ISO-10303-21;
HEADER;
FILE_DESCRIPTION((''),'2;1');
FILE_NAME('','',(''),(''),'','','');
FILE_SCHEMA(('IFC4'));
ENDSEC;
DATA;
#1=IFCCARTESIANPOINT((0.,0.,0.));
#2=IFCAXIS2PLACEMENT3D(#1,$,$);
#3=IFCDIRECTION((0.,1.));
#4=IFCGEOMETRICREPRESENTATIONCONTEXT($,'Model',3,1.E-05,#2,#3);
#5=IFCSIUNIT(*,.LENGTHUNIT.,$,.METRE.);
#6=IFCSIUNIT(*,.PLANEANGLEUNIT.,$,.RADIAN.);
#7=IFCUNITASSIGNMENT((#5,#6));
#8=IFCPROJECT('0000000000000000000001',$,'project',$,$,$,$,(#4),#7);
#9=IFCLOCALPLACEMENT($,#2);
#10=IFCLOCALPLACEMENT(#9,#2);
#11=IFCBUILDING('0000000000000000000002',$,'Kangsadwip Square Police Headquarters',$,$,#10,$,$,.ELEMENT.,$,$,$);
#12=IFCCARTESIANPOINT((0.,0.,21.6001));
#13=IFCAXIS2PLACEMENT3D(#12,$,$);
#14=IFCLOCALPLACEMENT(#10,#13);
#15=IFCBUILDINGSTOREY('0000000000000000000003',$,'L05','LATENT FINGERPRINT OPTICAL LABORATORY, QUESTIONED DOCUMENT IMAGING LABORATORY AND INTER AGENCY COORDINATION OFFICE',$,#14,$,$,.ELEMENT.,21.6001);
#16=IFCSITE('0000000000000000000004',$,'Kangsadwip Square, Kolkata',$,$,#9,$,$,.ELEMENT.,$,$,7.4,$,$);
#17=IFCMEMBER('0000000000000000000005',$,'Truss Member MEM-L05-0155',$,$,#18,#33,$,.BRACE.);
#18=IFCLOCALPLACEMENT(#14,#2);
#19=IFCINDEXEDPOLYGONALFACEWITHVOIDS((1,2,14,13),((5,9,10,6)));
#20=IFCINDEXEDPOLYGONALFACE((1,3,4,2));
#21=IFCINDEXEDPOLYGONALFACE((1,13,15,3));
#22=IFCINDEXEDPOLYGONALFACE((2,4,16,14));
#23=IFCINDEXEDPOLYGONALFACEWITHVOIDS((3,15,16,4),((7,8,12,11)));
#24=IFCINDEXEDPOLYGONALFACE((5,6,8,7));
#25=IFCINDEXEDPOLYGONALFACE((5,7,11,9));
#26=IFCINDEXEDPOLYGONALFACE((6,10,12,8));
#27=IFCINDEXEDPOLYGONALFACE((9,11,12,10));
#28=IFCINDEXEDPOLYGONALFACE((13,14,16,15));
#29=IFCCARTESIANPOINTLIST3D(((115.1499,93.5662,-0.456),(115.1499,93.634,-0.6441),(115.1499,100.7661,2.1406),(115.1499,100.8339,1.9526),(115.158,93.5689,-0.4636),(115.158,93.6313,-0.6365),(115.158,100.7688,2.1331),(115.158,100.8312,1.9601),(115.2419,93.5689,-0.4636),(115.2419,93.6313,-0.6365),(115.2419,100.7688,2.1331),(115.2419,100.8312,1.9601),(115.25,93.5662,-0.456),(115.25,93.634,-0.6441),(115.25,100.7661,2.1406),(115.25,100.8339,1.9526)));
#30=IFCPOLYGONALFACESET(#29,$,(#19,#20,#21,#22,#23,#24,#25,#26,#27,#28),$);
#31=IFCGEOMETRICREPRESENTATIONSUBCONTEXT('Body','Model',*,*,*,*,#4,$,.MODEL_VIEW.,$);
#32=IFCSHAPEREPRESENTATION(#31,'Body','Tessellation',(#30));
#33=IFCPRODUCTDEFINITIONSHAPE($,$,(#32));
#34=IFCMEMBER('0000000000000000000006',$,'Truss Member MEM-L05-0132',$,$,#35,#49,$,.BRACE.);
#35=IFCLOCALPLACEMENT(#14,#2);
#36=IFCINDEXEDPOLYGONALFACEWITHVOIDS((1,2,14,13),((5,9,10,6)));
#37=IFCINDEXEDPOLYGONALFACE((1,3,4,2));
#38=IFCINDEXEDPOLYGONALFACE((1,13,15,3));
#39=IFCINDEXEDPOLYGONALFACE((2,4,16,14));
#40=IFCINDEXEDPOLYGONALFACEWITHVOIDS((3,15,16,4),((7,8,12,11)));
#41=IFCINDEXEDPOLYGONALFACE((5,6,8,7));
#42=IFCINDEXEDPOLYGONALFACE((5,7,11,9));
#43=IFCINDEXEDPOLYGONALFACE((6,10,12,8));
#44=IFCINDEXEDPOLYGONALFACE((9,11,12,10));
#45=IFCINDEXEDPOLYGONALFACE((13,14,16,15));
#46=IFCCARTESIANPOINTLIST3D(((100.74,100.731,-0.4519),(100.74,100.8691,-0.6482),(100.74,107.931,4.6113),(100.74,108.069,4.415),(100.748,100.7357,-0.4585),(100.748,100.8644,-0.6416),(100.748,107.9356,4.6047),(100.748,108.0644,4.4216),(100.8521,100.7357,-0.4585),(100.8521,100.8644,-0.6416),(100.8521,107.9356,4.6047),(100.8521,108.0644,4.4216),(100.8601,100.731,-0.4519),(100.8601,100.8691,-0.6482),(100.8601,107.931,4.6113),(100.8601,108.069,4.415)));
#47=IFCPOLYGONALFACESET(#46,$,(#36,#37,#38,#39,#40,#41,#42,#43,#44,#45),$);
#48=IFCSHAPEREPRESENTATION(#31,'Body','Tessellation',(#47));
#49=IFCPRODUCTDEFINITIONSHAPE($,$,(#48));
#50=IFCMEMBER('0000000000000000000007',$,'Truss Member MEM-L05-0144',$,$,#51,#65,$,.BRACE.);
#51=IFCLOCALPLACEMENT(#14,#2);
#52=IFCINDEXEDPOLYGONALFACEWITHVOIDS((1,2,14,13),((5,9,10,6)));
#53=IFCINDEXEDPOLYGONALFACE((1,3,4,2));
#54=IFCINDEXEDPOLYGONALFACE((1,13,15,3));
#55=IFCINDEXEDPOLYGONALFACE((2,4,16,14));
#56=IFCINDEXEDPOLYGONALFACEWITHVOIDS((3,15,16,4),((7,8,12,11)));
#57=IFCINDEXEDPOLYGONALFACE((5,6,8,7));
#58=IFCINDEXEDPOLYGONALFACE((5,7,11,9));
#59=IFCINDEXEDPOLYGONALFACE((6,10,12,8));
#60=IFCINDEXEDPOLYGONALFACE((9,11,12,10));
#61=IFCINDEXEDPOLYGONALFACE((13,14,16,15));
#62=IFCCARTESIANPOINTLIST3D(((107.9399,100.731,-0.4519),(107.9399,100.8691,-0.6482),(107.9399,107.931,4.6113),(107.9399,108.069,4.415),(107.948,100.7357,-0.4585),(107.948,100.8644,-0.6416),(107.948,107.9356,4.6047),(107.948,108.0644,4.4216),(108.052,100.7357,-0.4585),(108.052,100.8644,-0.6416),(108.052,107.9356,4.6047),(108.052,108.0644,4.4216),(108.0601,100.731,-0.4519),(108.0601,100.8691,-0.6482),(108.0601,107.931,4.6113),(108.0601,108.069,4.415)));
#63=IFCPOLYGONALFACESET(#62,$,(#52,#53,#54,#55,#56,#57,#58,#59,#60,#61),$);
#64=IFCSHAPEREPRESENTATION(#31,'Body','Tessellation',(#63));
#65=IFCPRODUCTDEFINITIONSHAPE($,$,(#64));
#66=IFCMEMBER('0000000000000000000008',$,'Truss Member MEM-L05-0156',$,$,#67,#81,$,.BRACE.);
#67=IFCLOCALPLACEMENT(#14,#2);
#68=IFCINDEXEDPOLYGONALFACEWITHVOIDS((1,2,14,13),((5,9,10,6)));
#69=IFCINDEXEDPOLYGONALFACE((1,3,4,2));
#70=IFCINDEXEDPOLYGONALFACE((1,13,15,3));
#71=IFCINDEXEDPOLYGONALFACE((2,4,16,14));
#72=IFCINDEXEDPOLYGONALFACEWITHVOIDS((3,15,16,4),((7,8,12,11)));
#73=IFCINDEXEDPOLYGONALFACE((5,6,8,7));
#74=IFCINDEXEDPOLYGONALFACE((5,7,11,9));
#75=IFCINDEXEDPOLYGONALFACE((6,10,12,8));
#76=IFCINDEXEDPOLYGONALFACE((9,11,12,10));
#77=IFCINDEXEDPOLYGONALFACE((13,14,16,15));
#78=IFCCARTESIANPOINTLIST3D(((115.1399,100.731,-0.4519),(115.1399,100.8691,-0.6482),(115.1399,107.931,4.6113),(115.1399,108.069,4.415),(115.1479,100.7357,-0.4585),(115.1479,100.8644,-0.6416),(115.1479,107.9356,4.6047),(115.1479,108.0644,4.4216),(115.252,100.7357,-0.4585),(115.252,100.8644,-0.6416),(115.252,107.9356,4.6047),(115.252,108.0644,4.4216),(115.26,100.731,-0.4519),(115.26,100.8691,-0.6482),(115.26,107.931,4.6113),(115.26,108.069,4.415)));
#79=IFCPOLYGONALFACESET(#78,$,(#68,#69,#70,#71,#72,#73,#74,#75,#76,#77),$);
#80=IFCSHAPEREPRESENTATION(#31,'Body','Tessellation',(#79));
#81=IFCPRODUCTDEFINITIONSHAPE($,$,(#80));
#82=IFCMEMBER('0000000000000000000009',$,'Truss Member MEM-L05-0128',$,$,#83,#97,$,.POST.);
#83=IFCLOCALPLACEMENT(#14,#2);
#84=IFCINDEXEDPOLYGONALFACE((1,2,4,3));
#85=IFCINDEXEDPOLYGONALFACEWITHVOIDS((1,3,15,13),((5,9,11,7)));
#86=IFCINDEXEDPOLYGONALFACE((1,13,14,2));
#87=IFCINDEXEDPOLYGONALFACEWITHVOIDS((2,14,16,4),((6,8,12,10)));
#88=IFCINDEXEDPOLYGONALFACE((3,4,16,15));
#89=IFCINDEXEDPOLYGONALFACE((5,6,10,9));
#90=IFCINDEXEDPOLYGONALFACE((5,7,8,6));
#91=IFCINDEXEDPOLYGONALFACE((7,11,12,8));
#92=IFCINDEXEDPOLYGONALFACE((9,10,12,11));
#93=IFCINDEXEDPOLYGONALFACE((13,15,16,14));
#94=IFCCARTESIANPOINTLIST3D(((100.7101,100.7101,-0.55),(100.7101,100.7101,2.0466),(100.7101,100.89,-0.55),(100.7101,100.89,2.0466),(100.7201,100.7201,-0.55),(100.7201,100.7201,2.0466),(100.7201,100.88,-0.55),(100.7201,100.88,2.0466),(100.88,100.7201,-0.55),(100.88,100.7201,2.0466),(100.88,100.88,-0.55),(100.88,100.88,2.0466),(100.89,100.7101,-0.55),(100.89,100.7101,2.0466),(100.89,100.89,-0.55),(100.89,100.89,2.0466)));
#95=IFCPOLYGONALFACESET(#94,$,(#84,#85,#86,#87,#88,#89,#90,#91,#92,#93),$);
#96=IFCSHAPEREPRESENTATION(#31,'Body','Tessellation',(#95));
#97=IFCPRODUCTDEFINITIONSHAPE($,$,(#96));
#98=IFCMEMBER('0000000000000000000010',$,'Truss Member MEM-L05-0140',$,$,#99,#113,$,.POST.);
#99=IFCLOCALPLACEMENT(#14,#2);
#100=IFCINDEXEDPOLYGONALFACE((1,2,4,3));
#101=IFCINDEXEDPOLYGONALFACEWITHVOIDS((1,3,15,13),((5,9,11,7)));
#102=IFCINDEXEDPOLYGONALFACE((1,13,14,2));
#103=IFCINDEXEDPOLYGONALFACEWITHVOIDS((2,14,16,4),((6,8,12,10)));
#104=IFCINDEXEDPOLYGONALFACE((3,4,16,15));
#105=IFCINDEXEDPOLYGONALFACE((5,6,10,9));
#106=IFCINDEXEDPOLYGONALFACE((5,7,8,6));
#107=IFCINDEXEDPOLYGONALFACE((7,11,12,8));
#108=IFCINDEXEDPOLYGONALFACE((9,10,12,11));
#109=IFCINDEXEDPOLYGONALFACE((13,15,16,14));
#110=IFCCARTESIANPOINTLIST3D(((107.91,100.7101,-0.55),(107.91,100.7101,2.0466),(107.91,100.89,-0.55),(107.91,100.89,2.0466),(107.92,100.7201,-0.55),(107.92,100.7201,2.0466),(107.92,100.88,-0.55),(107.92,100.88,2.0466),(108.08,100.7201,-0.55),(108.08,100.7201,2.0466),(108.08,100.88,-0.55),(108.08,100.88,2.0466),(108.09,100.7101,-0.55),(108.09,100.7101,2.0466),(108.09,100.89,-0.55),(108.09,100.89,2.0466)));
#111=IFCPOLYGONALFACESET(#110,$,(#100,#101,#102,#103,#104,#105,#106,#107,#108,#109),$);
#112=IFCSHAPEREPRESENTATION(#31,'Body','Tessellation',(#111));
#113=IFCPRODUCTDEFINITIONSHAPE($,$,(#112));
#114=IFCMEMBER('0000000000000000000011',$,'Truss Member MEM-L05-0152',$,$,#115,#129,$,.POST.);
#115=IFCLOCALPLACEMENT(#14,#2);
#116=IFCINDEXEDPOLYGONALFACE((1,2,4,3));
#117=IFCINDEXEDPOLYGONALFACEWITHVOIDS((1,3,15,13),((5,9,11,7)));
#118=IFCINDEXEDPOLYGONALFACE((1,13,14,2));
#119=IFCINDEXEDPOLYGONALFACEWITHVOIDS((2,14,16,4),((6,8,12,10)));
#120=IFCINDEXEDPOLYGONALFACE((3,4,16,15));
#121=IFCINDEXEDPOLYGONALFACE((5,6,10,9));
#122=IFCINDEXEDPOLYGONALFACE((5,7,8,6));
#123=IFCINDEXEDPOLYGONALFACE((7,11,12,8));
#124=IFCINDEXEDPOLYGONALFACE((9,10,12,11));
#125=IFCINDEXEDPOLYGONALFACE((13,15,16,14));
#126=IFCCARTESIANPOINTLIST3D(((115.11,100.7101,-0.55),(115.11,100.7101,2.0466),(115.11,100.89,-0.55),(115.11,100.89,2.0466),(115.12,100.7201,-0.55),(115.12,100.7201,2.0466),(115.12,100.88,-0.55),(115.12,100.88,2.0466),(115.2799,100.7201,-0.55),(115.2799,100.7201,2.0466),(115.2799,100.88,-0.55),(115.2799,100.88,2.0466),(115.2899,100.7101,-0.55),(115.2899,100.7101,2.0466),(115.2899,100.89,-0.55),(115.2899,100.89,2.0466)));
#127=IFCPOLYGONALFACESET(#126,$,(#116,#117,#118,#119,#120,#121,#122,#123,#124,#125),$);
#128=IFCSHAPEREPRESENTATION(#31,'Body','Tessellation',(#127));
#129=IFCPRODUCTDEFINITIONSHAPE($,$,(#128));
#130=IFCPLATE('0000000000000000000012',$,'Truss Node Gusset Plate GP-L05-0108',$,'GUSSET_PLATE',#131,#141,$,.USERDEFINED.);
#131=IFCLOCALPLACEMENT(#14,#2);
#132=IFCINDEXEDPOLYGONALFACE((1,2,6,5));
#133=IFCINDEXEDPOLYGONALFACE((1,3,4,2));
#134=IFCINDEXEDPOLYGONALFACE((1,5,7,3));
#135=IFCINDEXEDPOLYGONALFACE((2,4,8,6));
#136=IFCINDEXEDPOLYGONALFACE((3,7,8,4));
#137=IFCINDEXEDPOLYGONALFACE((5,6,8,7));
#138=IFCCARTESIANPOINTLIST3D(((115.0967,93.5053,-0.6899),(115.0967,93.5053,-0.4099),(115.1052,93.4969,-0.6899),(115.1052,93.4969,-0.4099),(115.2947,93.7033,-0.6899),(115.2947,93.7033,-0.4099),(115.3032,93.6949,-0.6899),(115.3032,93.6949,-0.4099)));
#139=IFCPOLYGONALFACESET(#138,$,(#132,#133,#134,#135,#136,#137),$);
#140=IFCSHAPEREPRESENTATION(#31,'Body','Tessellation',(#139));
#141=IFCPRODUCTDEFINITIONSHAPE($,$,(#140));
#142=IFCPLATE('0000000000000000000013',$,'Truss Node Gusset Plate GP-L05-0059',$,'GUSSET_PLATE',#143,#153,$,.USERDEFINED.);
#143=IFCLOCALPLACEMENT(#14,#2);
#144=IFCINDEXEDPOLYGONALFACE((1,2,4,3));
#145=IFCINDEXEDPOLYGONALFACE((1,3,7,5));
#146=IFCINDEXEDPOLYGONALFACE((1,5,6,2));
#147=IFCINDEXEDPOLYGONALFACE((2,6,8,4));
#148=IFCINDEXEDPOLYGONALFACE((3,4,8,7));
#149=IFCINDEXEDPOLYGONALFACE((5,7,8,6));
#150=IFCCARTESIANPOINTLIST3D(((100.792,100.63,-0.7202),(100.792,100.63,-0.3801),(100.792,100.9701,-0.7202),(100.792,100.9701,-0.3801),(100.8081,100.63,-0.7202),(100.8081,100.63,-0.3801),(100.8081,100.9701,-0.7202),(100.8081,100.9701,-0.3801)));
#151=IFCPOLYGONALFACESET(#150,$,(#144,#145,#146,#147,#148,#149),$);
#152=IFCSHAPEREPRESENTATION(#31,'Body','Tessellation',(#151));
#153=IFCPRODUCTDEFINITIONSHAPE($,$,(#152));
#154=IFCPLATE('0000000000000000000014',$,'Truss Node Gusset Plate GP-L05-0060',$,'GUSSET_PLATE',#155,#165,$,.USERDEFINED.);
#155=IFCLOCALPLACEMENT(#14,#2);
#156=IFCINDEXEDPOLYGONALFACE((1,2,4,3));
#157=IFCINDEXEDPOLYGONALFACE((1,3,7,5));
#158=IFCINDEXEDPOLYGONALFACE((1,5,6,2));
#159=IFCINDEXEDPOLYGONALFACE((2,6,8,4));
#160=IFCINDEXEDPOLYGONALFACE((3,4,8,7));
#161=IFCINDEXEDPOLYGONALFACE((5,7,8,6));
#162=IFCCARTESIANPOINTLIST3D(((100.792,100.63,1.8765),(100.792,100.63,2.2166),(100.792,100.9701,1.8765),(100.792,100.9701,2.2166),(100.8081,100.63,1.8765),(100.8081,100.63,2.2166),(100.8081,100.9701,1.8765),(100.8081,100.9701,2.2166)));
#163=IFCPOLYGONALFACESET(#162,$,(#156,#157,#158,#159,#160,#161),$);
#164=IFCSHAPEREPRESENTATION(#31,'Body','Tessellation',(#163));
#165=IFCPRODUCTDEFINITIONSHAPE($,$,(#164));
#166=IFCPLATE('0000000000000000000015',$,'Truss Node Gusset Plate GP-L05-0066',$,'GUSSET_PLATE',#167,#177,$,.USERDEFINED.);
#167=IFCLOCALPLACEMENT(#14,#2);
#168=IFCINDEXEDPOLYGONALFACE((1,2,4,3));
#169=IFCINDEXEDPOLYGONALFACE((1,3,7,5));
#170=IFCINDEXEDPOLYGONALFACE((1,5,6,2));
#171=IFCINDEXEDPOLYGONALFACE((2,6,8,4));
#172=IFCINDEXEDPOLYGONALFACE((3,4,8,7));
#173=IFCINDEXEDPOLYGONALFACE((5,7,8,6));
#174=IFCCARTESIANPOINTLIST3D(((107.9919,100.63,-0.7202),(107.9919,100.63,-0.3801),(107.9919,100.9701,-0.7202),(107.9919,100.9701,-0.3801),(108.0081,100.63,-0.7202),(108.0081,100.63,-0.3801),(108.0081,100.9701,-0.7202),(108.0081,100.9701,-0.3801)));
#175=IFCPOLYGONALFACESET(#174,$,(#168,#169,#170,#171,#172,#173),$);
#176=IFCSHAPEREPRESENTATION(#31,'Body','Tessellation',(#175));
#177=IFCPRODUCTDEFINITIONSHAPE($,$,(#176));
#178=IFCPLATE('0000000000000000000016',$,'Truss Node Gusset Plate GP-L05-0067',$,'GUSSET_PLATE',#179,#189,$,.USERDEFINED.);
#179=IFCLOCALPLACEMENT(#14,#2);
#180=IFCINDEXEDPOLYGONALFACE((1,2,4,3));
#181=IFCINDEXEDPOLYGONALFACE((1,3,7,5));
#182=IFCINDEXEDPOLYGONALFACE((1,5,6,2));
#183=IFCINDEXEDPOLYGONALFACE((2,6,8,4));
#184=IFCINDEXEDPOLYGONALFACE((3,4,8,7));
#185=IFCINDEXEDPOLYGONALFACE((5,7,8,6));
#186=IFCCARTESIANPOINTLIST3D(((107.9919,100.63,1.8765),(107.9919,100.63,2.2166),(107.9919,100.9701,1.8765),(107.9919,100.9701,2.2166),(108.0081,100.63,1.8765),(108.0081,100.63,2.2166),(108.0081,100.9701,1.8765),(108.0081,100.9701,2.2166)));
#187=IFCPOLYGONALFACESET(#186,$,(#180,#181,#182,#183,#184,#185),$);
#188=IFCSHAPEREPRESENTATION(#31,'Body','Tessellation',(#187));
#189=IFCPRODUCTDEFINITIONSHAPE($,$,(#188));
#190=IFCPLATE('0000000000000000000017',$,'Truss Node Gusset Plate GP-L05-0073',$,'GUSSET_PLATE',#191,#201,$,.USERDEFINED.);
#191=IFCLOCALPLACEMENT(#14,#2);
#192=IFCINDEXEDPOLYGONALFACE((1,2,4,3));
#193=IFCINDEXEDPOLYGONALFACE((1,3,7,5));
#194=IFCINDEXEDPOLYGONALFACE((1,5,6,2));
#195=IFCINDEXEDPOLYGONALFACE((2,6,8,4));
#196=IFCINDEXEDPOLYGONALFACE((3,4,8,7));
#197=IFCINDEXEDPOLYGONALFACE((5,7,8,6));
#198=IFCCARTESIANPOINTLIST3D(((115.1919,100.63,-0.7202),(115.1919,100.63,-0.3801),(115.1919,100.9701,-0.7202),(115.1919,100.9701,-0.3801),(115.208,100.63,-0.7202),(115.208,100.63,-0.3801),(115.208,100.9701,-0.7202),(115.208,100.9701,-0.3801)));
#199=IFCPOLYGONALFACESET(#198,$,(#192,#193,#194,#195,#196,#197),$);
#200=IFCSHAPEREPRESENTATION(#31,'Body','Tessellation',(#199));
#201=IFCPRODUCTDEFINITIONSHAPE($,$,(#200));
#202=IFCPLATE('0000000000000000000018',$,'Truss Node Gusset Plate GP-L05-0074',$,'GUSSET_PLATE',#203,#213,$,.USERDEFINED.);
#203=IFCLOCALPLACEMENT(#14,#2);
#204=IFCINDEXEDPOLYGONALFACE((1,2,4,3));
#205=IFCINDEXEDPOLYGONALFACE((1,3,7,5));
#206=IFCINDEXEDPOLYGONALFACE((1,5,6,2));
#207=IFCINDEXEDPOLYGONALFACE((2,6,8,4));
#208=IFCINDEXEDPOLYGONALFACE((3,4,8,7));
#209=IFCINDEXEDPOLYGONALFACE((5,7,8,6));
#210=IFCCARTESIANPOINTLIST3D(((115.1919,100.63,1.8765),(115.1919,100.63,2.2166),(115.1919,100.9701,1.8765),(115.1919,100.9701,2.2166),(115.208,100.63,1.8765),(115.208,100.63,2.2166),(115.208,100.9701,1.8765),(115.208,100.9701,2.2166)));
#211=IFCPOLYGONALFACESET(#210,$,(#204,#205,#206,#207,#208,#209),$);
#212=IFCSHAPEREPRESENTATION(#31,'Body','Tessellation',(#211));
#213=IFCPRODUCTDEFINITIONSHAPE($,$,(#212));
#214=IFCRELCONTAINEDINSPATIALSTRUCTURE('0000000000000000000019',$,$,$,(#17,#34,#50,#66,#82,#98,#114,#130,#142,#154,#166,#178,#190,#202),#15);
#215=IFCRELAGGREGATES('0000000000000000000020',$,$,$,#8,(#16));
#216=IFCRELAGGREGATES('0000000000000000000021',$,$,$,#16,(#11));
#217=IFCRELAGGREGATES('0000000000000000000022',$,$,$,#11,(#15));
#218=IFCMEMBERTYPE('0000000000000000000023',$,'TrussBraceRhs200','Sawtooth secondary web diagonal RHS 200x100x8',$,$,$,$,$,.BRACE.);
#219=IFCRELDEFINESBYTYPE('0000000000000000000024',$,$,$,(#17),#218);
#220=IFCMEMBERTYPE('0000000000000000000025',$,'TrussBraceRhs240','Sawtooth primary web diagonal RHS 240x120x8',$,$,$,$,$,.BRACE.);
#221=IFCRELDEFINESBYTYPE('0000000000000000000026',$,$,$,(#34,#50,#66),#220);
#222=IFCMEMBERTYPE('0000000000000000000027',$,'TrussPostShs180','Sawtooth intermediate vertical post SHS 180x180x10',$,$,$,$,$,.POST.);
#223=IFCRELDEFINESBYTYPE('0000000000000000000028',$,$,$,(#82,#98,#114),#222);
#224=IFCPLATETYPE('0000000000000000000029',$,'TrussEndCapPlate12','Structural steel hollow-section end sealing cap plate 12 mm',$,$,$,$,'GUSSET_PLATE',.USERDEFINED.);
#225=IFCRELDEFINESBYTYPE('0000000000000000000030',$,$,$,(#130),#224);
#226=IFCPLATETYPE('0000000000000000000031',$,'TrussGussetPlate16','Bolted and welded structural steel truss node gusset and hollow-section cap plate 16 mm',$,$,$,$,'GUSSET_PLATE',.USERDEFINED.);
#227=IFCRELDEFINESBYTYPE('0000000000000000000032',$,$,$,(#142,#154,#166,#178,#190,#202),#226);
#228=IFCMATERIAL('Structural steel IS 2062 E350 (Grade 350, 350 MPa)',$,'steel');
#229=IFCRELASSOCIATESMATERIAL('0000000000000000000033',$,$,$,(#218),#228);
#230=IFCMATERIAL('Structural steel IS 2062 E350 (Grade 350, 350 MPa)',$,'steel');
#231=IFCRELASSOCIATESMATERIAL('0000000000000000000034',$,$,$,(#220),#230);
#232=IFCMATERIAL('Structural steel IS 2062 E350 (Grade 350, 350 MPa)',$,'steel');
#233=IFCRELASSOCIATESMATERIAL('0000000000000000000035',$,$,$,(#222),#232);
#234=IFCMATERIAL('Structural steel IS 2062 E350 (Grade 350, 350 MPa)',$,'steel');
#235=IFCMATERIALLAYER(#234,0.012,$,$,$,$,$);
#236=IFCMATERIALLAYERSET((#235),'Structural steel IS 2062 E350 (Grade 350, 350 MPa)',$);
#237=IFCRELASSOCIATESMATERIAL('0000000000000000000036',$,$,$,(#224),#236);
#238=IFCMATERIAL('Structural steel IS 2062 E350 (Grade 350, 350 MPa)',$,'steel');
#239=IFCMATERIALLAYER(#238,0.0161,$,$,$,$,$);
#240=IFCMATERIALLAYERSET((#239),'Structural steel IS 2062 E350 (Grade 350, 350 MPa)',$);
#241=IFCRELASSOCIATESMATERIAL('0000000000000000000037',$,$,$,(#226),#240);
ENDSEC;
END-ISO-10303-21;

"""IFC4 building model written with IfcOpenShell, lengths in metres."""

from ifc_helpers import new_model, si_unit, direction, frame, origin, origin_2d, place, context, subcontext, project, spatial, rectangle, hollow_rectangle, extrude, material, layer, layer_set, material_profile, profile_set, type_object, element, save


model = new_model("IFC4")

# Units and contexts
model_context = context("Model", 3, precision=1e-05, world=origin(), true_north=direction((0.0, 1.0)))
body_context = subcontext(model_context, "Body", "Model", "MODEL_VIEW")
ifc_project = project(units=[si_unit("LENGTHUNIT", "METRE"), si_unit("PLANEANGLEUNIT", "RADIAN")], contexts=[model_context])

# Site, building, storey
site_placement = place(None, origin())
site = spatial("IfcSite", under=ifc_project, at=site_placement, Name="Kangsadwip Square, Kolkata", CompositionType="ELEMENT", RefElevation=7.4)
building_placement = place(site_placement, origin())
building = spatial("IfcBuilding", under=site, at=building_placement, Name="Kangsadwip Square Police Headquarters", CompositionType="ELEMENT")
storey_placement = place(building_placement, frame((0.0, 0.0, 21.6001)))
storey = spatial("IfcBuildingStorey", under=building, at=storey_placement, Name="L05", Description="LATENT FINGERPRINT OPTICAL LABORATORY, QUESTIONED DOCUMENT IMAGING LABORATORY AND INTER AGENCY COORDINATION OFFICE", CompositionType="ELEMENT", Elevation=21.6001)

# Members
ifc_material_1 = material(Name="Structural steel IS 2062 E350 (Grade 350, 350 MPa)", Category="steel")
ifc_material_profile_1 = material_profile(ifc_material_1, hollow_rectangle(XDim=0.1001, YDim=0.2, WallThickness=0.0081, at=origin_2d()), Name="RHS 200X100X8")
ifc_profile_set_1 = profile_set([ifc_material_profile_1], Name="Structural steel IS 2062 E350 (Grade 350, 350 MPa)")
member_type_1 = type_object("IfcMemberType", Name="TrussBraceRhs200", Description="Sawtooth secondary web diagonal RHS 200x100x8", PredefinedType="BRACE", material=ifc_profile_set_1)
member_1_placement = place(storey_placement, frame((115.2, 93.6001, -0.55), z_axis=(0.0, 0.940692, 0.339263), x_axis=(-1.0, 0.0, 0.0)))
element("IfcMember", 1, at=member_1_placement, inside=storey, type_object=member_type_1, Name="Truss Member MEM-L05-0155", PredefinedType="BRACE", context=body_context, shape_type="SweptSolid", body=[
    extrude(hollow_rectangle(XDim=0.1001, YDim=0.2, WallThickness=0.0081, at=origin_2d()), origin(), (0.0, 0.0, 1.0), 7.6538),
])
ifc_material_2 = material(Name="Structural steel IS 2062 E350 (Grade 350, 350 MPa)", Category="steel")
ifc_material_profile_2 = material_profile(ifc_material_2, hollow_rectangle(XDim=0.1201, YDim=0.24, WallThickness=0.0081, at=origin_2d()), Name="RHS 240X120X8")
ifc_profile_set_2 = profile_set([ifc_material_profile_2], Name="Structural steel IS 2062 E350 (Grade 350, 350 MPa)")
member_type_2 = type_object("IfcMemberType", Name="TrussBraceRhs240", Description="Sawtooth primary web diagonal RHS 240x120x8", PredefinedType="BRACE", material=ifc_profile_set_2)
for number, where, z_axis, x_axis, name in (
    (2, (100.8, 100.8, -0.55), (0.0, 0.817988, 0.575235), (-1.0, 0.0, 0.0), "Truss Member MEM-L05-0132"),
    (3, (108.0, 100.8, -0.55), (0.0, 0.817988, 0.575235), (-1.0, 0.0, 0.0), "Truss Member MEM-L05-0144"),
    (4, (115.2, 100.8, -0.55), (0.0, 0.817988, 0.575235), (-1.0, 0.0, 0.0), "Truss Member MEM-L05-0156"),
):
    element("IfcMember", number, at=place(storey_placement, frame(where, z_axis=z_axis, x_axis=x_axis)), inside=storey, type_object=member_type_2, Name=name, PredefinedType="BRACE", context=body_context, shape_type="SweptSolid", body=[
        extrude(hollow_rectangle(XDim=0.1201, YDim=0.24, WallThickness=0.0081, at=origin_2d()), origin(), (0.0, 0.0, 1.0), 8.802),
    ])
ifc_material_3 = material(Name="Structural steel IS 2062 E350 (Grade 350, 350 MPa)", Category="steel")
ifc_material_profile_3 = material_profile(ifc_material_3, hollow_rectangle(XDim=0.1799, YDim=0.1799, WallThickness=0.01, at=origin_2d()), Name="SHS 180X180X10")
ifc_profile_set_3 = profile_set([ifc_material_profile_3], Name="Structural steel IS 2062 E350 (Grade 350, 350 MPa)")
member_type_3 = type_object("IfcMemberType", Name="TrussPostShs180", Description="Sawtooth intermediate vertical post SHS 180x180x10", PredefinedType="POST", material=ifc_profile_set_3)
for number, where, z_axis, x_axis, name in (
    (5, (100.8, 100.8, -0.55), (0.0, 0.0, 1.0), (1.0, 0.0, 0.0), "Truss Member MEM-L05-0128"),
    (6, (108.0, 100.8, -0.55), (0.0, 0.0, 1.0), (1.0, 0.0, 0.0), "Truss Member MEM-L05-0140"),
    (7, (115.2, 100.8, -0.55), (0.0, 0.0, 1.0), (1.0, 0.0, 0.0), "Truss Member MEM-L05-0152"),
):
    element("IfcMember", number, at=place(storey_placement, frame(where, z_axis=z_axis, x_axis=x_axis)), inside=storey, type_object=member_type_3, Name=name, PredefinedType="POST", context=body_context, shape_type="SweptSolid", body=[
        extrude(hollow_rectangle(XDim=0.1799, YDim=0.1799, WallThickness=0.01, at=origin_2d()), origin(), (0.0, 0.0, 1.0), 2.5967),
    ])

# Plates
ifc_material_4 = material(Name="Structural steel IS 2062 E350 (Grade 350, 350 MPa)", Category="steel")
ifc_layer_1 = layer(ifc_material_4, 0.012)
ifc_layer_set_1 = layer_set([ifc_layer_1], Name="Structural steel IS 2062 E350 (Grade 350, 350 MPa)")
plate_type_1 = type_object("IfcPlateType", Name="TrussEndCapPlate12", Description="Structural steel hollow-section end sealing cap plate 12 mm", ElementType="GUSSET_PLATE", PredefinedType="USERDEFINED", material=ifc_layer_set_1)
plate_placement = place(storey_placement, frame((115.2, 93.6001, -0.6899), z_axis=(0.0, 0.0, 1.0), x_axis=(0.707107, 0.707107, 0.0)))
element("IfcPlate", 8, at=plate_placement, inside=storey, type_object=plate_type_1, Name="Truss Node Gusset Plate GP-L05-0108", ObjectType="GUSSET_PLATE", PredefinedType="USERDEFINED", context=body_context, shape_type="SweptSolid", body=[
    extrude(rectangle(XDim=0.28, YDim=0.012, at=origin_2d()), origin(), (0.0, 0.0, 1.0), 0.28),
])
ifc_material_5 = material(Name="Structural steel IS 2062 E350 (Grade 350, 350 MPa)", Category="steel")
ifc_layer_2 = layer(ifc_material_5, 0.0161)
ifc_layer_set_2 = layer_set([ifc_layer_2], Name="Structural steel IS 2062 E350 (Grade 350, 350 MPa)")
plate_type_2 = type_object("IfcPlateType", Name="TrussGussetPlate16", Description="Bolted and welded structural steel truss node gusset and hollow-section cap plate 16 mm", ElementType="GUSSET_PLATE", PredefinedType="USERDEFINED", material=ifc_layer_set_2)
for number, where, z_axis, x_axis, name in (
    (9, (100.8, 100.8, -0.7202), (0.0, 0.0, 1.0), (0.0, 1.0, 0.0), "Truss Node Gusset Plate GP-L05-0059"),
    (10, (100.8, 100.8, 1.8765), (0.0, 0.0, 1.0), (0.0, 1.0, 0.0), "Truss Node Gusset Plate GP-L05-0060"),
    (11, (108.0, 100.8, -0.7202), (0.0, 0.0, 1.0), (0.0, 1.0, 0.0), "Truss Node Gusset Plate GP-L05-0066"),
    (12, (108.0, 100.8, 1.8765), (0.0, 0.0, 1.0), (0.0, 1.0, 0.0), "Truss Node Gusset Plate GP-L05-0067"),
    (13, (115.2, 100.8, -0.7202), (0.0, 0.0, 1.0), (0.0, 1.0, 0.0), "Truss Node Gusset Plate GP-L05-0073"),
    (14, (115.2, 100.8, 1.8765), (0.0, 0.0, 1.0), (0.0, 1.0, 0.0), "Truss Node Gusset Plate GP-L05-0074"),
):
    element("IfcPlate", number, at=place(storey_placement, frame(where, z_axis=z_axis, x_axis=x_axis)), inside=storey, type_object=plate_type_2, Name=name, ObjectType="GUSSET_PLATE", PredefinedType="USERDEFINED", context=body_context, shape_type="SweptSolid", body=[
        extrude(rectangle(XDim=0.3401, YDim=0.0161, at=origin_2d()), origin(), (0.0, 0.0, 1.0), 0.3401),
    ])

save(model, "model.ifc")
